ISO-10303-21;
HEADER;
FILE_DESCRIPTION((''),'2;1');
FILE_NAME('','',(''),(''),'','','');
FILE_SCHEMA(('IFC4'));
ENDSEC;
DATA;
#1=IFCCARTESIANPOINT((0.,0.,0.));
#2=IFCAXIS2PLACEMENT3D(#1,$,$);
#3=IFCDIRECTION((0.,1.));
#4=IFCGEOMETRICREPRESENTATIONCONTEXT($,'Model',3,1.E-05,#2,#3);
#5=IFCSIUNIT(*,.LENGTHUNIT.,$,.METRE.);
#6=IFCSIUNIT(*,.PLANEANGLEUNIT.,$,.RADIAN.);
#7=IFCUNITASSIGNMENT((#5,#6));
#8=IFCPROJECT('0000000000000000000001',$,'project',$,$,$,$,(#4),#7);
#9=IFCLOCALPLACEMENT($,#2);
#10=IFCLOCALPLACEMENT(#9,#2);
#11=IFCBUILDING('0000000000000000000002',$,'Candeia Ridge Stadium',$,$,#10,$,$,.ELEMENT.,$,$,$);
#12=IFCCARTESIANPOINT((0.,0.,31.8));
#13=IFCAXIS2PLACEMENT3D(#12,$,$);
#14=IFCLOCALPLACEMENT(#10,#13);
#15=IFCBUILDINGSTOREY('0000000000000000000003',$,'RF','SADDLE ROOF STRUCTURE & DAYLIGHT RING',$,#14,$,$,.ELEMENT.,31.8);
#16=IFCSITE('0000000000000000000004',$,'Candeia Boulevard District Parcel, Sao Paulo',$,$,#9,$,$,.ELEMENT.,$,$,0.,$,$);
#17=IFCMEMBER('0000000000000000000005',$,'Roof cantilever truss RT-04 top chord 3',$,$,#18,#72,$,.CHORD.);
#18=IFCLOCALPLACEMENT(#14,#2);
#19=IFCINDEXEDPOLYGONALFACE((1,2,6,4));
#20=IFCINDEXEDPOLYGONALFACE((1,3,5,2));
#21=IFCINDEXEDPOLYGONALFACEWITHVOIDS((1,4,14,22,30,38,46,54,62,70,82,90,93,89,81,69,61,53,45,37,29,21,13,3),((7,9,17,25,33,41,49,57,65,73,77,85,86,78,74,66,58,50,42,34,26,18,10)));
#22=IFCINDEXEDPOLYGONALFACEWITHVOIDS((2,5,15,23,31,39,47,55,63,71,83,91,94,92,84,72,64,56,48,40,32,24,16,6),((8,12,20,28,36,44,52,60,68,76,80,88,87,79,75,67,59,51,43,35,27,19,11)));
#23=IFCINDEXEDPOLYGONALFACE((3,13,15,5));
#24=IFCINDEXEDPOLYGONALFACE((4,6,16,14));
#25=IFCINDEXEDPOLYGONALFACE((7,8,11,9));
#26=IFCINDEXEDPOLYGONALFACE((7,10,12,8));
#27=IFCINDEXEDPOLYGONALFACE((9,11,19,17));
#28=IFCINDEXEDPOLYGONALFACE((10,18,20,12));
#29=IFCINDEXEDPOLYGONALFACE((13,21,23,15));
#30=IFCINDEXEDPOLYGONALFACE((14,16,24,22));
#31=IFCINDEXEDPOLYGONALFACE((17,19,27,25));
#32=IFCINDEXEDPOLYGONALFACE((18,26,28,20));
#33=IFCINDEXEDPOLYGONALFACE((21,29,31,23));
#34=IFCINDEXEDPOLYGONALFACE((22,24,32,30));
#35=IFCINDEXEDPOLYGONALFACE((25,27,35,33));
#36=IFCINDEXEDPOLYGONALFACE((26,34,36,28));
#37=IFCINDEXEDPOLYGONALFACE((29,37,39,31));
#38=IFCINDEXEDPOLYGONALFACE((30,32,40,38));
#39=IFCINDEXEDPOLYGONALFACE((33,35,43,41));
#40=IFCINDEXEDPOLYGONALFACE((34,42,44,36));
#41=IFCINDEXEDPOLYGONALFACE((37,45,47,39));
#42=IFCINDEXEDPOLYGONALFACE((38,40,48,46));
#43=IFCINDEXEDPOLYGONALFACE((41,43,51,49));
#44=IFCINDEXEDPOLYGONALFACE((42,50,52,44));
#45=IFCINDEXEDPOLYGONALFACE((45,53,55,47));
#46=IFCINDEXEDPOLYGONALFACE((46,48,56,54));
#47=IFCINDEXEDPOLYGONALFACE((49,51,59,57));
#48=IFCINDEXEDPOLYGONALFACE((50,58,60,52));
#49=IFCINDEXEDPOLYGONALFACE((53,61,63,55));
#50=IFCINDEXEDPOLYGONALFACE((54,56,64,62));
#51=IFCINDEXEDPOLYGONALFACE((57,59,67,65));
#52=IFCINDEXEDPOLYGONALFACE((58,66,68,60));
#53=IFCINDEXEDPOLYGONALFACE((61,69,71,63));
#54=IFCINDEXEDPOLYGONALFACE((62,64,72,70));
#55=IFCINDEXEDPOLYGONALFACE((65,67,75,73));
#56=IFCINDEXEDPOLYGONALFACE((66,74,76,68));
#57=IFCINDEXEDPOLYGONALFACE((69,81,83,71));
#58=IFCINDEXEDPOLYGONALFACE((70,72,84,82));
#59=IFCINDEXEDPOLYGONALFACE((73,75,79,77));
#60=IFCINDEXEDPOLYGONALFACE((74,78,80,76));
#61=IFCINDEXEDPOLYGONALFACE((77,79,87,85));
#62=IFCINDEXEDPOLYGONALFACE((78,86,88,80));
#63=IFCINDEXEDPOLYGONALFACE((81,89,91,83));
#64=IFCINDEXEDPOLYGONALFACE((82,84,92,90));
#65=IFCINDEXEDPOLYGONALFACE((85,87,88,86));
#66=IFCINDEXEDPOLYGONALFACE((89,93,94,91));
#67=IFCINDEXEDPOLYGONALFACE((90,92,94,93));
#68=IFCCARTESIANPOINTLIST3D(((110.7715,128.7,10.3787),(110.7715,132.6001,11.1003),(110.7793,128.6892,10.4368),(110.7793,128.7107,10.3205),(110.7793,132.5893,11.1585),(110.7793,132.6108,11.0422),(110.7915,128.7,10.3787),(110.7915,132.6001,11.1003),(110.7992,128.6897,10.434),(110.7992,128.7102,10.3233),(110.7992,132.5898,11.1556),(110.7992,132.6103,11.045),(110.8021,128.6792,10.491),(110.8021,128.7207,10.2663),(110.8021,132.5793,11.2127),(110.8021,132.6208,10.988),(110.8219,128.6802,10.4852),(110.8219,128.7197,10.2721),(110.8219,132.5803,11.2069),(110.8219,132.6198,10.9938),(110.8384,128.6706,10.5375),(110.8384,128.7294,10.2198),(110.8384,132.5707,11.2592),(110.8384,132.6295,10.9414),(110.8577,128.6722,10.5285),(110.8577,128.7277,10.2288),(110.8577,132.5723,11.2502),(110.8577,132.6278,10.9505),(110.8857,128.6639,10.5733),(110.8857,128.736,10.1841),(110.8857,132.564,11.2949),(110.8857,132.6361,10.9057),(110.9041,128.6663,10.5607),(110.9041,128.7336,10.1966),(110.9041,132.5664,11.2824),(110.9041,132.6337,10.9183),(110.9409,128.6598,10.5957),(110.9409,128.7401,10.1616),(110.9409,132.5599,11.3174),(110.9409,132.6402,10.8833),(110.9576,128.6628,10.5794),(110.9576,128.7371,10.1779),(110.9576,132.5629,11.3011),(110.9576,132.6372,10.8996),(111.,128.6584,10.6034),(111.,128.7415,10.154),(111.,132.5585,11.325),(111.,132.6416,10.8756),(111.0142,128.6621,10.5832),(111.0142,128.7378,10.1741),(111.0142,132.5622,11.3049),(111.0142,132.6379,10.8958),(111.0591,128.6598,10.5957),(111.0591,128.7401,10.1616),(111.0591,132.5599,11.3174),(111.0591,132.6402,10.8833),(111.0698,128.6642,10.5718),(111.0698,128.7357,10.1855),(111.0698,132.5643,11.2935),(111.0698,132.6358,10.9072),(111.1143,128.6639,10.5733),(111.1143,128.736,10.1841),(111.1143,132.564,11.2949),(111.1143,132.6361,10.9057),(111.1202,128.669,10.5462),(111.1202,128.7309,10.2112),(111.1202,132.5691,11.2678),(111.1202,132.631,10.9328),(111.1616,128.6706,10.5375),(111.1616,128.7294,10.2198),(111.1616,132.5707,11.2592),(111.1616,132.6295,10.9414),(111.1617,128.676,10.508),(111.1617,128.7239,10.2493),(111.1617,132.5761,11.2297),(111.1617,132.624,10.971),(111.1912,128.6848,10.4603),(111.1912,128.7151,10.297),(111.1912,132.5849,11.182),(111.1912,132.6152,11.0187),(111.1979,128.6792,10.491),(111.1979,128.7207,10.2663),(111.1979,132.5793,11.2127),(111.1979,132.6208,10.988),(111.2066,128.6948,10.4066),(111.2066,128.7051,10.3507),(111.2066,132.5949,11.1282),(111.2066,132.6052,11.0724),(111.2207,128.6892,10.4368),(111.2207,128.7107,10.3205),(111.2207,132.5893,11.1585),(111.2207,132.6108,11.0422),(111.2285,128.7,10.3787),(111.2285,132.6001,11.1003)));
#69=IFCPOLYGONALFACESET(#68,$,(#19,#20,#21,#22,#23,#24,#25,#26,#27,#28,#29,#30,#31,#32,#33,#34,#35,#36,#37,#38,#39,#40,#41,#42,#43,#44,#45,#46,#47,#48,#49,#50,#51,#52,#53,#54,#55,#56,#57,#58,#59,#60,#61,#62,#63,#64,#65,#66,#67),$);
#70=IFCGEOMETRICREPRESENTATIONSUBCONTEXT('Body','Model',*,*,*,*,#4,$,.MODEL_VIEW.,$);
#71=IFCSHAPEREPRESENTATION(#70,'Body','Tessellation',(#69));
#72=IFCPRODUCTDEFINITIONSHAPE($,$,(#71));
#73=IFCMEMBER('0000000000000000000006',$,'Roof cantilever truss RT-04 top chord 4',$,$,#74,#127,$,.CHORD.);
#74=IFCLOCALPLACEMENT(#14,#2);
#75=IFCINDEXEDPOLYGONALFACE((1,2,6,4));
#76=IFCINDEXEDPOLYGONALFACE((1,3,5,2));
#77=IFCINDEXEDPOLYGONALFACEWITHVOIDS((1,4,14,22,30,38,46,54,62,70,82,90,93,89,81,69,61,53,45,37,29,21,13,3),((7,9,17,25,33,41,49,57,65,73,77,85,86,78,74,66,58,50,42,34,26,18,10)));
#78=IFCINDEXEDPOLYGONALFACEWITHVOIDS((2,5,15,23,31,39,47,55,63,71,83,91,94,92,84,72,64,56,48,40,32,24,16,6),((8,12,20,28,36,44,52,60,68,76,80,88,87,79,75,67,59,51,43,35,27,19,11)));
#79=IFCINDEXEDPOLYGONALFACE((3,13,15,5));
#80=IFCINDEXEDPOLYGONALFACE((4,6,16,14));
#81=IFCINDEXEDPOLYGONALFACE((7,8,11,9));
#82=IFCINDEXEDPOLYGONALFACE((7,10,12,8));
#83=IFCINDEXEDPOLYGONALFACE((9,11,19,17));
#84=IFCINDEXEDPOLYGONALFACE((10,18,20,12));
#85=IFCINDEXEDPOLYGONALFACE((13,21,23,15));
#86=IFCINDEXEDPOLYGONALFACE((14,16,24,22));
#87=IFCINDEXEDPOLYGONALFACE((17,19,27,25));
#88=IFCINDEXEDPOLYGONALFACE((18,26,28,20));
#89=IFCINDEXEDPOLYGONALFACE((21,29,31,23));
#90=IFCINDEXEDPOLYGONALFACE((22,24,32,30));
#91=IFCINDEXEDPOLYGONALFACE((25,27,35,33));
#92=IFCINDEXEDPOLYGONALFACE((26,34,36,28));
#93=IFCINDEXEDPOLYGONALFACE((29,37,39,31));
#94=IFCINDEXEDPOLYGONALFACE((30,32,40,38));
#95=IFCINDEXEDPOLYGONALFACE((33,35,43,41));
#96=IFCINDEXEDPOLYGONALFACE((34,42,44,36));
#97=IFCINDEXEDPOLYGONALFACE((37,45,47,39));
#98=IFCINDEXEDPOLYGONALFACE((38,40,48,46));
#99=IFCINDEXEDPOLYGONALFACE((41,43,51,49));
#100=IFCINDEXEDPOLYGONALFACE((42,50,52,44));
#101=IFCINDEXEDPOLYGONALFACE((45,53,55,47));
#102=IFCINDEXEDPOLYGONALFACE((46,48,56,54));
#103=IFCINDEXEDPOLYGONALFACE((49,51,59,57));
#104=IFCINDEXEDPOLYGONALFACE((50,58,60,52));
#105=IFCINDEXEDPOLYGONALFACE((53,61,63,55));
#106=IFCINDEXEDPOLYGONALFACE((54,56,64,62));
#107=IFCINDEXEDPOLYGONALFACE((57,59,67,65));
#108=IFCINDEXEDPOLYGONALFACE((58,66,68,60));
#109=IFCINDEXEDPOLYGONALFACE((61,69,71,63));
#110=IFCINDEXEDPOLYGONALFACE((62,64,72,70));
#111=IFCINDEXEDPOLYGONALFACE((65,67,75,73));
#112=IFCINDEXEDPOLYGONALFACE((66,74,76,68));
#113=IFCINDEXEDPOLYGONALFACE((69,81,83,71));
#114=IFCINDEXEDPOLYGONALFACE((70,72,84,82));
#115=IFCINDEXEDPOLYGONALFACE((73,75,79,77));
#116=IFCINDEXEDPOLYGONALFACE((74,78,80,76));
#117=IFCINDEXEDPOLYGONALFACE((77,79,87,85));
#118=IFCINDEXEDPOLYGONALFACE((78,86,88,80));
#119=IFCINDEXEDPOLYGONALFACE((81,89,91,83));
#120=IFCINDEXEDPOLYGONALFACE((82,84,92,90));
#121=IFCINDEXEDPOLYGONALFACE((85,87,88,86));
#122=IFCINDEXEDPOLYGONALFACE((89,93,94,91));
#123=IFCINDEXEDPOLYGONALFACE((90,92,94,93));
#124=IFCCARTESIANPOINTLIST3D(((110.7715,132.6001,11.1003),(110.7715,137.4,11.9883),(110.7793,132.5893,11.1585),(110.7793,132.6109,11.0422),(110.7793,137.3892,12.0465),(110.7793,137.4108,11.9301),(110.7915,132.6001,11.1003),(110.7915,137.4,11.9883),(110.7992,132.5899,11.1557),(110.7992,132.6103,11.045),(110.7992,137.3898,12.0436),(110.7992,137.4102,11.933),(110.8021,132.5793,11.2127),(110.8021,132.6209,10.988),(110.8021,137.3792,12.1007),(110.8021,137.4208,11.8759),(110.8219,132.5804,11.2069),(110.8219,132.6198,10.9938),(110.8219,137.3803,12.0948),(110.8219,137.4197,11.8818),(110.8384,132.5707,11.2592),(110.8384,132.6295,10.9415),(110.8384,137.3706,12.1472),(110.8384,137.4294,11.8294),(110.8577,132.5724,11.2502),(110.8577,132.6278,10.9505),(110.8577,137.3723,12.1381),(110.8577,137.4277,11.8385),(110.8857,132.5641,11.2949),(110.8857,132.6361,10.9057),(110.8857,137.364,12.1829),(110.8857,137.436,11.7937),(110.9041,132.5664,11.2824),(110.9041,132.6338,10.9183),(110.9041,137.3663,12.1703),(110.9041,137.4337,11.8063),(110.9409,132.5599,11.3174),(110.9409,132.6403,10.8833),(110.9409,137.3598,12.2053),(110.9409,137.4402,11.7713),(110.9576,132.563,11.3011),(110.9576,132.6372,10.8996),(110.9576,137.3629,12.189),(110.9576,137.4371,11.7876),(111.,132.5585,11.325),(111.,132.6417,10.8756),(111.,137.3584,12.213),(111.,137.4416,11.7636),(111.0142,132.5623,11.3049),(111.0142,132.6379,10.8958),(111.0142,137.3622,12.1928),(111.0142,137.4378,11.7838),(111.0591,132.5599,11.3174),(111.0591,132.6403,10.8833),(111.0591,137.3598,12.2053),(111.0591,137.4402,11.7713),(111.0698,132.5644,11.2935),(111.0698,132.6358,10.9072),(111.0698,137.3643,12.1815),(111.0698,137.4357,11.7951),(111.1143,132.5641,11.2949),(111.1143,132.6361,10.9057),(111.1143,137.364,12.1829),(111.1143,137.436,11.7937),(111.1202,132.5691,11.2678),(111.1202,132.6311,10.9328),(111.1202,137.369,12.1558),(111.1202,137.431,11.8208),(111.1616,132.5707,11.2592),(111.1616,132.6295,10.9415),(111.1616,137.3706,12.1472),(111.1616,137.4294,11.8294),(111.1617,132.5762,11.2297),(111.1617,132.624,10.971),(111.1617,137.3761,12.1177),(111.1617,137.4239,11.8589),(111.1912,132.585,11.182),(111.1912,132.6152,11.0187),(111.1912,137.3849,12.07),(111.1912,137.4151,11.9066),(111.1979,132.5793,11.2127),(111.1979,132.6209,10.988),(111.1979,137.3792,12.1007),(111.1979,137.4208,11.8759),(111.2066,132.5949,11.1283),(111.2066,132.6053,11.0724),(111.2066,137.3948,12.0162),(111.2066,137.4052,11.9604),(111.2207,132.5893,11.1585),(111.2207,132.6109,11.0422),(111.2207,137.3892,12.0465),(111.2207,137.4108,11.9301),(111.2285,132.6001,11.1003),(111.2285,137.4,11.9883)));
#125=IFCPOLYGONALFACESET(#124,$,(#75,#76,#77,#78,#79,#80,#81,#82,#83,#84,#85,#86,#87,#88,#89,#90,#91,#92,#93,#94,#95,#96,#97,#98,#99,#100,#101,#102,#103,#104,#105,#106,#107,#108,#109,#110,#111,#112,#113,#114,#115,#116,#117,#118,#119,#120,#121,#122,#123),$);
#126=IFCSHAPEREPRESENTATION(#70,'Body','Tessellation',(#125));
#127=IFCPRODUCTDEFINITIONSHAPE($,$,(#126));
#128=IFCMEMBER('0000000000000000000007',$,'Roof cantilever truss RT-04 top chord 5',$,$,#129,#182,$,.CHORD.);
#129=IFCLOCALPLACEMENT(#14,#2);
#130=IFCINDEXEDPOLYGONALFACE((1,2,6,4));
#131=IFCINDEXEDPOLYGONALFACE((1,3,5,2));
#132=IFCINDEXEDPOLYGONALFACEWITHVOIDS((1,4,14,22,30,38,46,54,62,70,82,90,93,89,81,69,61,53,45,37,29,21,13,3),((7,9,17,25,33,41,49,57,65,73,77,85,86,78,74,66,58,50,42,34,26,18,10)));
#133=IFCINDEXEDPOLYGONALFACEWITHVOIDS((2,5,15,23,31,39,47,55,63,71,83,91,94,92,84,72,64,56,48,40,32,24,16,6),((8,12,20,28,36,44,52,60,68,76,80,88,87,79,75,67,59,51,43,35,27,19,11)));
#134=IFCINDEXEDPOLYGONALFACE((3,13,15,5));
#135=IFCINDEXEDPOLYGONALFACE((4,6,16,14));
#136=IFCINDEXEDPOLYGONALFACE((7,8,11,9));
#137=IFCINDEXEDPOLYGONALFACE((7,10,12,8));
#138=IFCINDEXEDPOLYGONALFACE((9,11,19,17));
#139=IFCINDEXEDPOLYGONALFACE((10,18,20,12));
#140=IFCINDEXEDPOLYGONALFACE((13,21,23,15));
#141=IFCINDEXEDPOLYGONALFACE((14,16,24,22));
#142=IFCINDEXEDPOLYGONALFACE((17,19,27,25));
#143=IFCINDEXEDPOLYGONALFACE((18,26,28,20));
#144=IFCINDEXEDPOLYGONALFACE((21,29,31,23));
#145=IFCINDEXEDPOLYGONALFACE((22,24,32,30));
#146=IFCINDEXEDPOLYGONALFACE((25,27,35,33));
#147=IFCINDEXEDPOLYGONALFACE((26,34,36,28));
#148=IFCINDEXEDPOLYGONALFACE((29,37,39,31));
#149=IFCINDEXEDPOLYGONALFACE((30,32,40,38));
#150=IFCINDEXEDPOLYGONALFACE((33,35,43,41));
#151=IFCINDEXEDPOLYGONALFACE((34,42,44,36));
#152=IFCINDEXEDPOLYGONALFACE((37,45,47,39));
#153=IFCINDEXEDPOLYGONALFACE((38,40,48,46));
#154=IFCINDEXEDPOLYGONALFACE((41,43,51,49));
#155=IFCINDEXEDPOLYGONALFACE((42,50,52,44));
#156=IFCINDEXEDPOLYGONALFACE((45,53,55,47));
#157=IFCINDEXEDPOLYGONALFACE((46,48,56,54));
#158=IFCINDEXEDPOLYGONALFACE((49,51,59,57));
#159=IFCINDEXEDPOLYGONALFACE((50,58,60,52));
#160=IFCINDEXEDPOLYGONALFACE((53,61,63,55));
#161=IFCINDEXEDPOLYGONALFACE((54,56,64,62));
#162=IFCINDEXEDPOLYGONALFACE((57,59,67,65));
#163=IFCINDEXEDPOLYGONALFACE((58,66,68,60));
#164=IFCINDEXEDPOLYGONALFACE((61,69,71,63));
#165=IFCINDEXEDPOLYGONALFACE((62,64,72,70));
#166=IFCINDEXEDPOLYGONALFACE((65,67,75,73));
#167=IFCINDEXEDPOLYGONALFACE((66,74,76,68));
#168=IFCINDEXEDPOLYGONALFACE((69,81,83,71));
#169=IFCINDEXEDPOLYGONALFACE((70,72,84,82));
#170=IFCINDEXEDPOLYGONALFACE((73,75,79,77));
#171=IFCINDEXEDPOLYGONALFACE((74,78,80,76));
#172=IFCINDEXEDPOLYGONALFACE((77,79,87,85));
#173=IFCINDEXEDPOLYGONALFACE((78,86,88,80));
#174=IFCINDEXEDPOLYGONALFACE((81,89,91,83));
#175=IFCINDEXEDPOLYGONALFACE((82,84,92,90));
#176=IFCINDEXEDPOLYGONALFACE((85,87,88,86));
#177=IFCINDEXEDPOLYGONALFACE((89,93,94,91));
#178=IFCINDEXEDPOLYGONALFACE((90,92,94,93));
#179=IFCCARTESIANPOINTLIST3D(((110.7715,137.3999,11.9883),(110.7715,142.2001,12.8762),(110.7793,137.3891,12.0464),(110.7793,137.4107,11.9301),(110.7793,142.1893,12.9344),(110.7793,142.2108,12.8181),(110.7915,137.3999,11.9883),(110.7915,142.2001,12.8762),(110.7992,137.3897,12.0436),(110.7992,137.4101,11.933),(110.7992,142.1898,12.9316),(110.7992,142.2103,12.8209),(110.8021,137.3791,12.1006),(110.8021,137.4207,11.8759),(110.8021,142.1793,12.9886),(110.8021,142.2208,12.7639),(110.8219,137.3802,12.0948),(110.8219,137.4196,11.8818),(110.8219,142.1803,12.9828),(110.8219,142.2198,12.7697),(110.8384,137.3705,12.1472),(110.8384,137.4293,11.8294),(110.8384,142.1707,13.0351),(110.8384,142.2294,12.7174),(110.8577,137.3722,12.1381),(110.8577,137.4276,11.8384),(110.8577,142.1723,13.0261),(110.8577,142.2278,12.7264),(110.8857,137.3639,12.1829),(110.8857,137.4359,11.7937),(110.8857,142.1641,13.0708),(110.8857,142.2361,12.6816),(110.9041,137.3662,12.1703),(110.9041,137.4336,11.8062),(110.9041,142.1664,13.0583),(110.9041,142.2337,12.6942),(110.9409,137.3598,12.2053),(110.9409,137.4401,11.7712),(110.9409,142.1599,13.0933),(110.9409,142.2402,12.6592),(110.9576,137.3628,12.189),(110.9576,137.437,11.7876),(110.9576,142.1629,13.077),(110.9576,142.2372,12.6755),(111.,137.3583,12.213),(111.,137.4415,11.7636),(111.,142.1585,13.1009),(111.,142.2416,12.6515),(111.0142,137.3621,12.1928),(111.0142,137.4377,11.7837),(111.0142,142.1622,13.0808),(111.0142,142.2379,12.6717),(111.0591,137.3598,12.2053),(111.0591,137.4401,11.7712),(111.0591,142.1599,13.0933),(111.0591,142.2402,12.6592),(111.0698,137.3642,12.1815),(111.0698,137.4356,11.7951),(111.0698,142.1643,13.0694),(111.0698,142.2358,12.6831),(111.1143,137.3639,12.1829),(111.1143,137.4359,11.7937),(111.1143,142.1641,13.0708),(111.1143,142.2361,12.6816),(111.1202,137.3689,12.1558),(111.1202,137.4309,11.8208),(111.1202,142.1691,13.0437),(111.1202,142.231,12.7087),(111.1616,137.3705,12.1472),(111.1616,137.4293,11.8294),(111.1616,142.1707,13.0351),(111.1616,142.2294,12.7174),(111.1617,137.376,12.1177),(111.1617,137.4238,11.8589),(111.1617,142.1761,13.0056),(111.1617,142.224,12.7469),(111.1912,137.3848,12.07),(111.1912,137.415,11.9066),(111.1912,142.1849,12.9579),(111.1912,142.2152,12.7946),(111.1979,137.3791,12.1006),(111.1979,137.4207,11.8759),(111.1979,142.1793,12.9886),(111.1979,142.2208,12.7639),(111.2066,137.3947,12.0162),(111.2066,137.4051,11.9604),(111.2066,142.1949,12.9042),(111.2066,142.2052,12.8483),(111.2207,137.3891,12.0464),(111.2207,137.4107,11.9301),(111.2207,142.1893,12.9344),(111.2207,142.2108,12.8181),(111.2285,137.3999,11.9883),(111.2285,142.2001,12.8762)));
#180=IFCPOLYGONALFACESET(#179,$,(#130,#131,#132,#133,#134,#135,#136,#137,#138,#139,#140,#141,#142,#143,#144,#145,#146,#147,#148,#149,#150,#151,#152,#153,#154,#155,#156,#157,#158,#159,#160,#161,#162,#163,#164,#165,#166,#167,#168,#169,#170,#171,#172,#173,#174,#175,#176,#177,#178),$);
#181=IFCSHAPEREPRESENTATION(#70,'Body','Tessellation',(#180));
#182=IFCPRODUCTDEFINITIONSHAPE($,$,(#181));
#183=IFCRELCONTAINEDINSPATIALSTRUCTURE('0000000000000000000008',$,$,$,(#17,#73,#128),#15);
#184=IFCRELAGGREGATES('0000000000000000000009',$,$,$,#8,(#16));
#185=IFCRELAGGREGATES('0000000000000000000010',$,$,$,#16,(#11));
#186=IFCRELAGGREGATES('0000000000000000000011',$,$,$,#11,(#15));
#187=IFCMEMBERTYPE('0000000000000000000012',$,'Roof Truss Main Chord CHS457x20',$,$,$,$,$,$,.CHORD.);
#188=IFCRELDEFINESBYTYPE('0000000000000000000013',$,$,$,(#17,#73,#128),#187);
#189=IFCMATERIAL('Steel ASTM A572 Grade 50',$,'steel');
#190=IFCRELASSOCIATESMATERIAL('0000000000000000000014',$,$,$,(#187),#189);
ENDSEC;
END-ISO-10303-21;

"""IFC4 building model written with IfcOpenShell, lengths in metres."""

from ifc_helpers import new_model, si_unit, direction, frame, origin, origin_2d, place, context, subcontext, project, spatial, hollow_circle, extrude, material, material_profile, profile_set, type_object, element, save


model = new_model("IFC4")

# Units and contexts
model_context = context("Model", 3, precision=1e-05, world=origin(), true_north=direction((0.0, 1.0)))
body_context = subcontext(model_context, "Body", "Model", "MODEL_VIEW")
ifc_project = project(units=[si_unit("LENGTHUNIT", "METRE"), si_unit("PLANEANGLEUNIT", "RADIAN")], contexts=[model_context])

# Site, building, storey
site_placement = place(None, origin())
site = spatial("IfcSite", under=ifc_project, at=site_placement, Name="Candeia Boulevard District Parcel, Sao Paulo", CompositionType="ELEMENT", RefElevation=0.0)
building_placement = place(site_placement, origin())
building = spatial("IfcBuilding", under=site, at=building_placement, Name="Candeia Ridge Stadium", CompositionType="ELEMENT")
storey_placement = place(building_placement, frame((0.0, 0.0, 31.8)))
storey = spatial("IfcBuildingStorey", under=building, at=storey_placement, Name="RF", Description="SADDLE ROOF STRUCTURE & DAYLIGHT RING", CompositionType="ELEMENT", Elevation=31.8)

# Shared definitions
ifc_material_1 = material(Name="Steel ASTM A572 Grade 50", Category="steel")

# Members
ifc_material_profile_1 = material_profile(ifc_material_1, hollow_circle(Radius=0.2285, WallThickness=0.02, at=origin_2d()), Name="CHS457x20", Category="steel")
ifc_profile_set_1 = profile_set([ifc_material_profile_1], Name="Steel ASTM A572 Grade 50")
member_type_1 = type_object("IfcMemberType", Name="Roof Truss Main Chord CHS457x20", PredefinedType="CHORD", material=ifc_profile_set_1)
member_1_placement = place(storey_placement, frame((111.0, 128.7, 10.3787), z_axis=(0.0, 0.983308, 0.18195), x_axis=(-1.0, 0.0, 0.0)))
element("IfcMember", 1, at=member_1_placement, inside=storey, type_object=member_type_1, Name="Roof cantilever truss RT-04 top chord 3", PredefinedType="CHORD", context=body_context, shape_type="SweptSolid", body=[
    extrude(hollow_circle(Radius=0.2285, WallThickness=0.02, at=origin_2d()), origin(), (0.0, 0.0, 1.0), 3.9663),
])
member_2_placement = place(storey_placement, frame((111.0, 132.6001, 11.1003), z_axis=(0.0, 0.983315, 0.181908), x_axis=(-1.0, 0.0, 0.0)))
element("IfcMember", 2, at=member_2_placement, inside=storey, type_object=member_type_1, Name="Roof cantilever truss RT-04 top chord 4", PredefinedType="CHORD", context=body_context, shape_type="SweptSolid", body=[
    extrude(hollow_circle(Radius=0.2285, WallThickness=0.02, at=origin_2d()), origin(), (0.0, 0.0, 1.0), 4.8813),
])
member_3_placement = place(storey_placement, frame((111.0, 137.3999, 11.9883), z_axis=(0.0, 0.983317, 0.181899), x_axis=(-1.0, 0.0, 0.0)))
element("IfcMember", 3, at=member_3_placement, inside=storey, type_object=member_type_1, Name="Roof cantilever truss RT-04 top chord 5", PredefinedType="CHORD", context=body_context, shape_type="SweptSolid", body=[
    extrude(hollow_circle(Radius=0.2285, WallThickness=0.02, at=origin_2d()), origin(), (0.0, 0.0, 1.0), 4.8816),
])

save(model, "model.ifc")
